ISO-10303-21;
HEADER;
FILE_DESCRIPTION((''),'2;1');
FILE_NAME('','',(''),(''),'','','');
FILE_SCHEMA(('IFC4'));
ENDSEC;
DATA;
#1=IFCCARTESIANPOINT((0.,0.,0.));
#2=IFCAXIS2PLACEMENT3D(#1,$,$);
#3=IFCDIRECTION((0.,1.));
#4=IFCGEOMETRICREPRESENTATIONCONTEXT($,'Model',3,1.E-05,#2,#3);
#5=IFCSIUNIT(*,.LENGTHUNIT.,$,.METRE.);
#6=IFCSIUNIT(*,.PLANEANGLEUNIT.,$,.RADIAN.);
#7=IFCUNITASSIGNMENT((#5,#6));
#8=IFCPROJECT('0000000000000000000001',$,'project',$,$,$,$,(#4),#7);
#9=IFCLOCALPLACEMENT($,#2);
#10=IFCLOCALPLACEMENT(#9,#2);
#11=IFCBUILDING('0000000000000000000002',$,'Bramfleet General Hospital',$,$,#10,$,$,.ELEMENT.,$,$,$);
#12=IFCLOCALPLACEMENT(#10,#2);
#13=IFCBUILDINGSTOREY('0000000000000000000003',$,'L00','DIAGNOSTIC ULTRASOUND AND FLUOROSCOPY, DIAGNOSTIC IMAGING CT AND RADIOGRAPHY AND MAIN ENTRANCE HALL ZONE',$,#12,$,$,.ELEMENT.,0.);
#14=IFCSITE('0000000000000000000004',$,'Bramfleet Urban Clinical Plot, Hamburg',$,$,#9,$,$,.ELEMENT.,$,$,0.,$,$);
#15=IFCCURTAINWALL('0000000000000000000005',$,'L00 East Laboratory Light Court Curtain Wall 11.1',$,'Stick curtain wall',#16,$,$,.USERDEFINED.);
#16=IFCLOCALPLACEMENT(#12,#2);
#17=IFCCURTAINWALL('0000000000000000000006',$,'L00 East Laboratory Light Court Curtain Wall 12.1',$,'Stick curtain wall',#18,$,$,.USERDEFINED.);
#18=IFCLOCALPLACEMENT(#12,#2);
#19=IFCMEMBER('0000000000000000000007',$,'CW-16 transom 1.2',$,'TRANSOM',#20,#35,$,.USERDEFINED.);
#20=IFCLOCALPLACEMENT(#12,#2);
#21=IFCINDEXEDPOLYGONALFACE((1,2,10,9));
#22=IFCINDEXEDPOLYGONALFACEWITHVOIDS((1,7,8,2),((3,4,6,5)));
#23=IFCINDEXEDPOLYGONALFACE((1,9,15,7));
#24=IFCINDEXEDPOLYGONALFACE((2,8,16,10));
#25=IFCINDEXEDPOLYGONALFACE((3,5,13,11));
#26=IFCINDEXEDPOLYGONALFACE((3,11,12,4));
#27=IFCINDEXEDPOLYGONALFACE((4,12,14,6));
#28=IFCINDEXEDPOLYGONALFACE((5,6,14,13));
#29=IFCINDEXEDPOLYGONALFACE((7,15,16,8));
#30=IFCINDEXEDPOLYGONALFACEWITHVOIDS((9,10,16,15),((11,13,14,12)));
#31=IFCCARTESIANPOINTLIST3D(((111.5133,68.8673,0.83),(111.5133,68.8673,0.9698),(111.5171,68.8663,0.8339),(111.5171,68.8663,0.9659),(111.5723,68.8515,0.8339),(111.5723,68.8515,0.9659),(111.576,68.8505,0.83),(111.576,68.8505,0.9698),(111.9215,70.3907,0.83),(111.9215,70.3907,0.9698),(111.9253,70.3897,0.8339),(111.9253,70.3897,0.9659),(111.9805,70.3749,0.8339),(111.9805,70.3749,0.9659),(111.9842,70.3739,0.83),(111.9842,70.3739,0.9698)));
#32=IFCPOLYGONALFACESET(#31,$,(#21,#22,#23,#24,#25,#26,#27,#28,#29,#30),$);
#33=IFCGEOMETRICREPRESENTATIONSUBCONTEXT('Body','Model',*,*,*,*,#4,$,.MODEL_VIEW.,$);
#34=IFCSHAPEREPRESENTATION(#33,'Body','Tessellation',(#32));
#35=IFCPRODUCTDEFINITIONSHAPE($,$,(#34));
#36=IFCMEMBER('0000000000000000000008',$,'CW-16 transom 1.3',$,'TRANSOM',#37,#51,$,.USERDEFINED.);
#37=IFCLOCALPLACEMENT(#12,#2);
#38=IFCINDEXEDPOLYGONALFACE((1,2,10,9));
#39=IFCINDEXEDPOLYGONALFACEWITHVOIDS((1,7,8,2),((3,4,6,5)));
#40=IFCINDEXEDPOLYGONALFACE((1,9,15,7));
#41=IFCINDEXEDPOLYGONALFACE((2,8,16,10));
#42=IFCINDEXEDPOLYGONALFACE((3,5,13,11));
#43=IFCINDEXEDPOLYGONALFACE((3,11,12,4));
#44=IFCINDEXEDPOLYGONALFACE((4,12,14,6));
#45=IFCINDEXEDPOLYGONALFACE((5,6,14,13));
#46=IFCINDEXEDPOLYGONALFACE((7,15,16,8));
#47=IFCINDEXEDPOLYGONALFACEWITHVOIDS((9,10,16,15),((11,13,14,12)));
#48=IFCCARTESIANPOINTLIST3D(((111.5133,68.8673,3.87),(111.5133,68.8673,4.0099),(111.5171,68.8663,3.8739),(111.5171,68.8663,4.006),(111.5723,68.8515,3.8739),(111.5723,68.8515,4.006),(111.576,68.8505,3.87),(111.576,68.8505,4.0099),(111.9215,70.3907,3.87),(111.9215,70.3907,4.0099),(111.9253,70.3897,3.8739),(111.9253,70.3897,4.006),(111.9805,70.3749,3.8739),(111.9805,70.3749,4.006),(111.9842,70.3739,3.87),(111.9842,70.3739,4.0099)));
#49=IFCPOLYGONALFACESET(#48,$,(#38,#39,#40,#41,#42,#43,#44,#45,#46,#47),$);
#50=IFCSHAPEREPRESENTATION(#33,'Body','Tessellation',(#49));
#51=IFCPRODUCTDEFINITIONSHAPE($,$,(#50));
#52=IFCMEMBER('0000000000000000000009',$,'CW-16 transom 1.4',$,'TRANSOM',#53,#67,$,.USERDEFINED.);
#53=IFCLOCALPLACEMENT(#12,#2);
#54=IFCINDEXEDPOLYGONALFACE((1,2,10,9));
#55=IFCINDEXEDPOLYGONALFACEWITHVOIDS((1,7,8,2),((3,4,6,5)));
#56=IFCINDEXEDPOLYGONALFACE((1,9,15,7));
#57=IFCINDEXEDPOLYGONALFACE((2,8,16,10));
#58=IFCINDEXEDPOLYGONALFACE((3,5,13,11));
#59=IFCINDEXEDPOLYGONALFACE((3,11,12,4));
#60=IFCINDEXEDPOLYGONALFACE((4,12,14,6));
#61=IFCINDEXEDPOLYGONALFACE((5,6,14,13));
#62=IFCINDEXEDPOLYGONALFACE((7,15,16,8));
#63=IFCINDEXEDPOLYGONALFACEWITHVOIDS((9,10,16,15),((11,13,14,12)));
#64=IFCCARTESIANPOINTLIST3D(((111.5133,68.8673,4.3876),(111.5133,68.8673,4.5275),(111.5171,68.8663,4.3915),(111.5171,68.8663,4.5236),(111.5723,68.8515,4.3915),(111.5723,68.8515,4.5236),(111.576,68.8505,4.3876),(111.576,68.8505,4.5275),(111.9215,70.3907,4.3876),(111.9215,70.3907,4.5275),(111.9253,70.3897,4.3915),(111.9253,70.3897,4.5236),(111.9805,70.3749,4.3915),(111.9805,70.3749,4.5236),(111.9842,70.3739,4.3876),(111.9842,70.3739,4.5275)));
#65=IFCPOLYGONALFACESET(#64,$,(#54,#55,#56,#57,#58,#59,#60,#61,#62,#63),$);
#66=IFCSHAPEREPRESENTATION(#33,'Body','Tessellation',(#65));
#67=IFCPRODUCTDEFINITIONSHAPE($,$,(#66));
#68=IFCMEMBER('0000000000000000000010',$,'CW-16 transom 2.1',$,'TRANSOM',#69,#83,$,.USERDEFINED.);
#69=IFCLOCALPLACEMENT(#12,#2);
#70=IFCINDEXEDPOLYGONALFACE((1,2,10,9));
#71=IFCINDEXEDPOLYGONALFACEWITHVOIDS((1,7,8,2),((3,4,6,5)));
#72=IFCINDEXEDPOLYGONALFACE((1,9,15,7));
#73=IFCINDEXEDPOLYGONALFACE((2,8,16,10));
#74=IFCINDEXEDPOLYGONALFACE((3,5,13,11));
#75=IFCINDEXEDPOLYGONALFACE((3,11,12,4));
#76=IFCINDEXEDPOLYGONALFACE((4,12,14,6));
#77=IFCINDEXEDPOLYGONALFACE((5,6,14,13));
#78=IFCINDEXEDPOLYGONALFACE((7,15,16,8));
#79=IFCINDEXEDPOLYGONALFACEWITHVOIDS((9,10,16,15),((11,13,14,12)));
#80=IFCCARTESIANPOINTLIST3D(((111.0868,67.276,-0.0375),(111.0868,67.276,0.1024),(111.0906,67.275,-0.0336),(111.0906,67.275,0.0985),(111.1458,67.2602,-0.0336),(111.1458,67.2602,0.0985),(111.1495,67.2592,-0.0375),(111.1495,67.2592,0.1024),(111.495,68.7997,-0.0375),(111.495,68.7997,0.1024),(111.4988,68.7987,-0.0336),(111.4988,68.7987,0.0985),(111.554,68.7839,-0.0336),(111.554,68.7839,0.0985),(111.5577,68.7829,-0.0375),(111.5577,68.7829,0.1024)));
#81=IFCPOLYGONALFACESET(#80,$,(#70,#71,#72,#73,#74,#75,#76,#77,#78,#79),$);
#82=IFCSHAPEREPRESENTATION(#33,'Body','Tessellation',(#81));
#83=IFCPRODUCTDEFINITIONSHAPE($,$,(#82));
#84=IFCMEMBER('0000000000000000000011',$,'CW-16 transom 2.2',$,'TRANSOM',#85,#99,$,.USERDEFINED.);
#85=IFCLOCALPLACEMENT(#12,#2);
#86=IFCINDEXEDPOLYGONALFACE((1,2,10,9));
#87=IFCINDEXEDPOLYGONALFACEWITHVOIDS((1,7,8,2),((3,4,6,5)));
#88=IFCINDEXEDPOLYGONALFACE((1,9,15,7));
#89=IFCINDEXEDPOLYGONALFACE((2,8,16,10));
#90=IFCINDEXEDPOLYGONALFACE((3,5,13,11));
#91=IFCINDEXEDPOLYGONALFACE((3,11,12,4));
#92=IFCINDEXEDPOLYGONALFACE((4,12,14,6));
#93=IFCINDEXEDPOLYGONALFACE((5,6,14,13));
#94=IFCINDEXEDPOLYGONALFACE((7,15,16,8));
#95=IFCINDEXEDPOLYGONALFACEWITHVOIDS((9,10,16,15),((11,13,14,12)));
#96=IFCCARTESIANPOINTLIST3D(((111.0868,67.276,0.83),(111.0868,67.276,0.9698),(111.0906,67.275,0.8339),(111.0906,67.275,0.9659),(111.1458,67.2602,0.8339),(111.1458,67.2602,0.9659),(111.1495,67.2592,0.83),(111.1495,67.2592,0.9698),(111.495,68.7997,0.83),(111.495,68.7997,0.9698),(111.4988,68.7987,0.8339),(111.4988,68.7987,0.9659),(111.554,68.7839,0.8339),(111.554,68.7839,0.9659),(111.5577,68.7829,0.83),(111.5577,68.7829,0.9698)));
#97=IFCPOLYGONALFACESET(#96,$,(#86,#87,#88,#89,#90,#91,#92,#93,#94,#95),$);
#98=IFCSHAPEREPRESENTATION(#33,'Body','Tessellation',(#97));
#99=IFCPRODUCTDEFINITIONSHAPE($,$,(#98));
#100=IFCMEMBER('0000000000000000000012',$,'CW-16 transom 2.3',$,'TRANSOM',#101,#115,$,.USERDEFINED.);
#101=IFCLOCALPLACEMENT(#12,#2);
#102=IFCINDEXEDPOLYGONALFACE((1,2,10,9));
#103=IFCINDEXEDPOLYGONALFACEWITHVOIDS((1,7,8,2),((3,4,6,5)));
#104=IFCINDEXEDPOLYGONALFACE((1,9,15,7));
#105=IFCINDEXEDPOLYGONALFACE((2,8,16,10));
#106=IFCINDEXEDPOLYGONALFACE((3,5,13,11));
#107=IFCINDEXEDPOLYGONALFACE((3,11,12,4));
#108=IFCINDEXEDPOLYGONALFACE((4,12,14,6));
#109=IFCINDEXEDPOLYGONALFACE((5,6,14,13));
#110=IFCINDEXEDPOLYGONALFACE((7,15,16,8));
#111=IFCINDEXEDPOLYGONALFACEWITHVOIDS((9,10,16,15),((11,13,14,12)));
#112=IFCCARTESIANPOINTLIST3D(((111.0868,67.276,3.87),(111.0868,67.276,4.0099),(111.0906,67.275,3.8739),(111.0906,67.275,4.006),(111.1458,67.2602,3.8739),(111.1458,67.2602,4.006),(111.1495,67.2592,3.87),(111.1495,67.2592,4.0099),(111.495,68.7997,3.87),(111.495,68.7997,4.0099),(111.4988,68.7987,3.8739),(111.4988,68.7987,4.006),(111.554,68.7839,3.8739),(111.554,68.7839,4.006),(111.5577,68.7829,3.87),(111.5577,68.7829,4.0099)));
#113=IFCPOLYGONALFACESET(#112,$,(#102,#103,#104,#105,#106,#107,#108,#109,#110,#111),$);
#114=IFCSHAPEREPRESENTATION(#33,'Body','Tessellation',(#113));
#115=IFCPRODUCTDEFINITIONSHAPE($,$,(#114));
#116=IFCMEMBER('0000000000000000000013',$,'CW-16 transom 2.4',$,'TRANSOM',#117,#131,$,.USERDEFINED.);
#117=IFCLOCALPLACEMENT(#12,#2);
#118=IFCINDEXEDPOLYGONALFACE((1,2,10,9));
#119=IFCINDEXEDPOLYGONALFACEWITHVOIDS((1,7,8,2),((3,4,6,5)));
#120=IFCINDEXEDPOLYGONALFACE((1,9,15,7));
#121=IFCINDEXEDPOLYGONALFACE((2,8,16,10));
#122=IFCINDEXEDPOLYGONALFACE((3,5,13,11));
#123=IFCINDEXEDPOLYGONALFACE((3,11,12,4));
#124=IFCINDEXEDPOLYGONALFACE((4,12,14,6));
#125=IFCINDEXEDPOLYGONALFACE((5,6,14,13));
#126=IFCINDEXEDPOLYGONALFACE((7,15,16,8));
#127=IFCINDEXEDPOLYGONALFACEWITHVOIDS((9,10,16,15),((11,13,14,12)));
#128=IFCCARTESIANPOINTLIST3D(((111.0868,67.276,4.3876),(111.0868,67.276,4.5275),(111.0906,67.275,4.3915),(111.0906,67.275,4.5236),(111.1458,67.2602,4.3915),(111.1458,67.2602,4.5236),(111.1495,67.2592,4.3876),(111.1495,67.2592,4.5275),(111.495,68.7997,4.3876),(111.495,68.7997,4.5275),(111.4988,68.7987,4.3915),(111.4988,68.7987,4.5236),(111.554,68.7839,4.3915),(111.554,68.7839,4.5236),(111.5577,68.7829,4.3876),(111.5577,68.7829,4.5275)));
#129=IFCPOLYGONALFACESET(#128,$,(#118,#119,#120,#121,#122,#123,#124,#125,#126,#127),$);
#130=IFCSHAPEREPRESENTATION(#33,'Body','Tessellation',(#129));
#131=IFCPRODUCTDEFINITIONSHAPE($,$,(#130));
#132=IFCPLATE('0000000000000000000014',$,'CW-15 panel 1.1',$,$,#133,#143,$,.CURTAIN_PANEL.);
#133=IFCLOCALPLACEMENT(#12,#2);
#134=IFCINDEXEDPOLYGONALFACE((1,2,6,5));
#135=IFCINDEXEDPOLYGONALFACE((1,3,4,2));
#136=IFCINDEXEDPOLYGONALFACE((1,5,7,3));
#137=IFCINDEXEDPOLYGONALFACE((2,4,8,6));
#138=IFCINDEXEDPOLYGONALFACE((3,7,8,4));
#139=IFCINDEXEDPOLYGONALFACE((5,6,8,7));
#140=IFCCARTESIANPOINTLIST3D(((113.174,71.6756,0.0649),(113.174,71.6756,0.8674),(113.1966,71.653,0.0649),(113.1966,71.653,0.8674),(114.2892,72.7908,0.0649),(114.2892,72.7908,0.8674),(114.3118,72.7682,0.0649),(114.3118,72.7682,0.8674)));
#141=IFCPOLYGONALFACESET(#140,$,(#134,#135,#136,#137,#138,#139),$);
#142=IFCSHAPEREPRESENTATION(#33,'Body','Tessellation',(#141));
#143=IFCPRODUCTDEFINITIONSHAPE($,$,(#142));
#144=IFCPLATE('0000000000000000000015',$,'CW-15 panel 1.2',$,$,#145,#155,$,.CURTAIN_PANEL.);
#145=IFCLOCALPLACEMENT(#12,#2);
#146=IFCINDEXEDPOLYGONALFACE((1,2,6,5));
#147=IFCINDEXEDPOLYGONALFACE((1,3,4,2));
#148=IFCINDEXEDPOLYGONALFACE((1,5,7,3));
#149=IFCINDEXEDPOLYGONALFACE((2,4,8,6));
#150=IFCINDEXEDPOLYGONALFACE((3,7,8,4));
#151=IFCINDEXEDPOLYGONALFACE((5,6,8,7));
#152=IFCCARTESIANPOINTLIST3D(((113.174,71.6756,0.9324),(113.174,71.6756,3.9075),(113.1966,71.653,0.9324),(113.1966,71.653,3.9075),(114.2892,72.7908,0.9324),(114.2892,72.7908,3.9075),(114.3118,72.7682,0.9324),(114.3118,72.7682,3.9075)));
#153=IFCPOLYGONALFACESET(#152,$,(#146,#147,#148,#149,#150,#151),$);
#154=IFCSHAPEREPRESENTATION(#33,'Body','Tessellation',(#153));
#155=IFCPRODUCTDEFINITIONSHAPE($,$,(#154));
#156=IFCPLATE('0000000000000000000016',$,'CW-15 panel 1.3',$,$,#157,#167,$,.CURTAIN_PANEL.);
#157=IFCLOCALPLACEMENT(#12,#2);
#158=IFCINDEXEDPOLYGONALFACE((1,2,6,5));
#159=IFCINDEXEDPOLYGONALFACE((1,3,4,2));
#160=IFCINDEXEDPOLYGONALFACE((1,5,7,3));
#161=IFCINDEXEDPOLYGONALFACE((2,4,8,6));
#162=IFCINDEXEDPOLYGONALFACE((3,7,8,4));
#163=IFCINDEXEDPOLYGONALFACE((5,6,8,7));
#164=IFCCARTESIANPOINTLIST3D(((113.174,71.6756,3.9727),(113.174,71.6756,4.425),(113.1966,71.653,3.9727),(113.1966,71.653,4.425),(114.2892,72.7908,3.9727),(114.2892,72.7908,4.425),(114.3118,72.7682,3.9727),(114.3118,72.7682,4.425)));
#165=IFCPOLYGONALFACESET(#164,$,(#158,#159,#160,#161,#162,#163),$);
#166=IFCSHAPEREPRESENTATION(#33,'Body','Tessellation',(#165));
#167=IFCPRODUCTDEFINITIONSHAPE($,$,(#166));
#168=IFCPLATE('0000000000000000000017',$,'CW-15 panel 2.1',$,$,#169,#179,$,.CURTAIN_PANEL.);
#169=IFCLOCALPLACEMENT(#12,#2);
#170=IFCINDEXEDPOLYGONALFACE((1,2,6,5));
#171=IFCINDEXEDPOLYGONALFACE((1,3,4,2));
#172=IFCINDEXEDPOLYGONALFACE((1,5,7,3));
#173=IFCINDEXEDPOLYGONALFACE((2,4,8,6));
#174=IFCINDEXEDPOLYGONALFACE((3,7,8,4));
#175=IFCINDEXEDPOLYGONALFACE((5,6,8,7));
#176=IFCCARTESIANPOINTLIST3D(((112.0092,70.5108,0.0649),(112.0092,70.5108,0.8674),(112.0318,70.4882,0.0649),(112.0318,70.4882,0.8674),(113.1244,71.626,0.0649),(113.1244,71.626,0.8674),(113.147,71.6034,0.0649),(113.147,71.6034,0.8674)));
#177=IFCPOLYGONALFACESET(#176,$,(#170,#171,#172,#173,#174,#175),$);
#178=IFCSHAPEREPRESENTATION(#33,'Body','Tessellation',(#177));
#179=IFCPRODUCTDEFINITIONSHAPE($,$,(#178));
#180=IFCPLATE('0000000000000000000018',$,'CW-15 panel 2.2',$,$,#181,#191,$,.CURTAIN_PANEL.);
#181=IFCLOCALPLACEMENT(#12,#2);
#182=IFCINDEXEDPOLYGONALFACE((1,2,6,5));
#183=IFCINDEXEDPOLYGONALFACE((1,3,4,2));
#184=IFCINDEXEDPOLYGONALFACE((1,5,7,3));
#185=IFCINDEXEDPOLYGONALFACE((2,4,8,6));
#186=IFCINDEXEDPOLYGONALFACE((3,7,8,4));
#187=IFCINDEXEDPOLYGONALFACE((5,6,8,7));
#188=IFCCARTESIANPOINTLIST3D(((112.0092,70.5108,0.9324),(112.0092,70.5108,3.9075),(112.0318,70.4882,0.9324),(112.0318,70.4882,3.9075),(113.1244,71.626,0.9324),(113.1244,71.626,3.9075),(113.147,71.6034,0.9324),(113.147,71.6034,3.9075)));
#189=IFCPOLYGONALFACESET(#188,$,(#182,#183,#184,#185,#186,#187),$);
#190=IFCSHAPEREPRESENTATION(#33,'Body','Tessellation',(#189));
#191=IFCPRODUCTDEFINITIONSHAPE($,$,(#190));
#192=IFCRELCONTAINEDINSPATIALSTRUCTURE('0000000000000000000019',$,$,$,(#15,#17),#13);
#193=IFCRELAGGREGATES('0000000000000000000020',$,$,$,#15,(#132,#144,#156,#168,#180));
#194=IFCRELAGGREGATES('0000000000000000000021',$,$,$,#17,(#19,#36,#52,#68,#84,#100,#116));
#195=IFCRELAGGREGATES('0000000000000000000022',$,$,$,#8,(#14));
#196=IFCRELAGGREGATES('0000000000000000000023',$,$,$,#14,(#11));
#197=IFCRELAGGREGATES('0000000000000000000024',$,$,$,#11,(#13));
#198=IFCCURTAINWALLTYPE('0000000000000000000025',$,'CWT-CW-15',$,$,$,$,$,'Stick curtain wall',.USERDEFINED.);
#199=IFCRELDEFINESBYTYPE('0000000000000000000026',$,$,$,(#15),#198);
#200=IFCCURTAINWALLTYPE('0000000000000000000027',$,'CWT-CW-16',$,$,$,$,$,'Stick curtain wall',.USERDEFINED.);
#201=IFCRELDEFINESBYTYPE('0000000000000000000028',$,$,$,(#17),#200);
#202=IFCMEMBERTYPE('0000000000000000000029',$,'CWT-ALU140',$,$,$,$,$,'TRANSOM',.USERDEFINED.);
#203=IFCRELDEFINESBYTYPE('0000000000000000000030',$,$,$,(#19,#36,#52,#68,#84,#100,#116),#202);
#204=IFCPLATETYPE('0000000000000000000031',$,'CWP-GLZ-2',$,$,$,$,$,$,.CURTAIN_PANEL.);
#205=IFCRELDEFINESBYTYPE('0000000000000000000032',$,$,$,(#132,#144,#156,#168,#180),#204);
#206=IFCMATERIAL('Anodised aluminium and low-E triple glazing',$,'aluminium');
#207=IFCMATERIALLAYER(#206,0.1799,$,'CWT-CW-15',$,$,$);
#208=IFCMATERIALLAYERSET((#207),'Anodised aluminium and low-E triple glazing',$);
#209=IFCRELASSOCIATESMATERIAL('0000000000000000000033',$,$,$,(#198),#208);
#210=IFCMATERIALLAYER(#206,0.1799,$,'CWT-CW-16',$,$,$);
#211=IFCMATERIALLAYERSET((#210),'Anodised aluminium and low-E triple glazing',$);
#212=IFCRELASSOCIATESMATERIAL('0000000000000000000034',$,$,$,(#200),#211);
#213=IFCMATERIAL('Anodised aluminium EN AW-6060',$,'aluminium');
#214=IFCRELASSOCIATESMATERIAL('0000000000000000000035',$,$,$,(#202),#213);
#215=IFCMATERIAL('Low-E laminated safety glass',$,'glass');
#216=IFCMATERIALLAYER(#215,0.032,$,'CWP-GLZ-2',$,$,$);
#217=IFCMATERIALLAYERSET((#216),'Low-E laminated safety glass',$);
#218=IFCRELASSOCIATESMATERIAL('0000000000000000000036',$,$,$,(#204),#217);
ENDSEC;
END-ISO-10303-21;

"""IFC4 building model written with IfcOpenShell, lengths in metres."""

from ifc_helpers import new_model, si_unit, direction, frame, origin, origin_2d, place, context, subcontext, project, spatial, rectangle, hollow_rectangle, extrude, material, layer, layer_set, material_profile, profile_set, type_object, element, aggregate, save


model = new_model("IFC4")

# Units and contexts
model_context = context("Model", 3, precision=1e-05, world=origin(), true_north=direction((0.0, 1.0)))
body_context = subcontext(model_context, "Body", "Model", "MODEL_VIEW")
ifc_project = project(units=[si_unit("LENGTHUNIT", "METRE"), si_unit("PLANEANGLEUNIT", "RADIAN")], contexts=[model_context])

# Site, building, storey
site_placement = place(None, origin())
site = spatial("IfcSite", under=ifc_project, at=site_placement, Name="Bramfleet Urban Clinical Plot, Hamburg", CompositionType="ELEMENT", RefElevation=0.0)
building_placement = place(site_placement, origin())
building = spatial("IfcBuilding", under=site, at=building_placement, Name="Bramfleet General Hospital", CompositionType="ELEMENT")
storey_placement = place(building_placement, origin())
storey = spatial("IfcBuildingStorey", under=building, at=storey_placement, Name="L00", Description="DIAGNOSTIC ULTRASOUND AND FLUOROSCOPY, DIAGNOSTIC IMAGING CT AND RADIOGRAPHY AND MAIN ENTRANCE HALL ZONE", CompositionType="ELEMENT", Elevation=0.0)

# Curtain walls
ifc_material_1 = material(Name="Anodised aluminium and low-E triple glazing", Category="aluminium")
ifc_layer_1 = layer(ifc_material_1, 0.1799, Name="CWT-CW-15")
ifc_layer_set_1 = layer_set([ifc_layer_1], Name="Anodised aluminium and low-E triple glazing")
curtain_wall_type_1 = type_object("IfcCurtainWallType", Name="CWT-CW-15", ElementType="Stick curtain wall", PredefinedType="USERDEFINED", material=ifc_layer_set_1)
curtain_wall_1_placement = place(storey_placement, origin())
curtain_wall_1 = element("IfcCurtainWall", 1, at=curtain_wall_1_placement, inside=storey, type_object=curtain_wall_type_1, Name="L00 East Laboratory Light Court Curtain Wall 11.1", ObjectType="Stick curtain wall", PredefinedType="USERDEFINED")
ifc_material_2 = material(Name="Anodised aluminium EN AW-6060", Category="aluminium")
ifc_layer_2 = layer(ifc_material_1, 0.1799, Name="CWT-CW-16")
ifc_layer_set_2 = layer_set([ifc_layer_2], Name="Anodised aluminium and low-E triple glazing")
curtain_wall_type_2 = type_object("IfcCurtainWallType", Name="CWT-CW-16", ElementType="Stick curtain wall", PredefinedType="USERDEFINED", material=ifc_layer_set_2)
curtain_wall_2_placement = place(storey_placement, origin())
curtain_wall_2 = element("IfcCurtainWall", 2, at=curtain_wall_2_placement, inside=storey, type_object=curtain_wall_type_2, Name="L00 East Laboratory Light Court Curtain Wall 12.1", ObjectType="Stick curtain wall", PredefinedType="USERDEFINED")

# Members
ifc_material_profile_1 = material_profile(ifc_material_2, hollow_rectangle(XDim=0.0649, YDim=0.1399, WallThickness=0.0039, at=origin_2d()), Name="ALU 140x65x4.0")
ifc_profile_set_1 = profile_set([ifc_material_profile_1], Name="Anodised aluminium EN AW-6060")
member_type_1 = type_object("IfcMemberType", Name="CWT-ALU140", ElementType="TRANSOM", PredefinedType="USERDEFINED", material=ifc_profile_set_1)
member_1_placement = place(storey_placement, frame((111.9529, 70.3823, 0.8999), z_axis=(-0.258819, -0.965926, 0.0), x_axis=(0.965926, -0.258819, 0.0)))
member_1 = element("IfcMember", 3, at=member_1_placement, type_object=member_type_1, Name="CW-16 transom 1.2", ObjectType="TRANSOM", PredefinedType="USERDEFINED", context=body_context, shape_type="SweptSolid", body=[
    extrude(hollow_rectangle(XDim=0.0649, YDim=0.1399, WallThickness=0.0039, at=origin_2d()), origin(), (0.0, 0.0, 1.0), 1.5771),
])
member_2_placement = place(storey_placement, frame((111.9529, 70.3823, 3.9399), z_axis=(-0.258819, -0.965926, 0.0), x_axis=(0.965926, -0.258819, 0.0)))
member_2 = element("IfcMember", 4, at=member_2_placement, type_object=member_type_1, Name="CW-16 transom 1.3", ObjectType="TRANSOM", PredefinedType="USERDEFINED", context=body_context, shape_type="SweptSolid", body=[
    extrude(hollow_rectangle(XDim=0.0649, YDim=0.1399, WallThickness=0.0039, at=origin_2d()), origin(), (0.0, 0.0, 1.0), 1.5771),
])
member_3_placement = place(storey_placement, frame((111.9529, 70.3823, 4.4575), z_axis=(-0.258819, -0.965926, 0.0), x_axis=(0.965926, -0.258819, 0.0)))
member_3 = element("IfcMember", 5, at=member_3_placement, type_object=member_type_1, Name="CW-16 transom 1.4", ObjectType="TRANSOM", PredefinedType="USERDEFINED", context=body_context, shape_type="SweptSolid", body=[
    extrude(hollow_rectangle(XDim=0.0649, YDim=0.1399, WallThickness=0.0039, at=origin_2d()), origin(), (0.0, 0.0, 1.0), 1.5771),
])
member_4_placement = place(storey_placement, frame((111.5264, 68.7913, 0.0325), z_axis=(-0.25878, -0.965936, 0.0), x_axis=(0.965936, -0.25878, 0.0)))
member_4 = element("IfcMember", 6, at=member_4_placement, type_object=member_type_1, Name="CW-16 transom 2.1", ObjectType="TRANSOM", PredefinedType="USERDEFINED", context=body_context, shape_type="SweptSolid", body=[
    extrude(hollow_rectangle(XDim=0.0649, YDim=0.1399, WallThickness=0.0039, at=origin_2d()), origin(), (0.0, 0.0, 1.0), 1.5774),
])
member_5_placement = place(storey_placement, frame((111.5264, 68.7913, 0.8999), z_axis=(-0.25878, -0.965936, 0.0), x_axis=(0.965936, -0.25878, 0.0)))
member_5 = element("IfcMember", 7, at=member_5_placement, type_object=member_type_1, Name="CW-16 transom 2.2", ObjectType="TRANSOM", PredefinedType="USERDEFINED", context=body_context, shape_type="SweptSolid", body=[
    extrude(hollow_rectangle(XDim=0.0649, YDim=0.1399, WallThickness=0.0039, at=origin_2d()), origin(), (0.0, 0.0, 1.0), 1.5774),
])
member_6_placement = place(storey_placement, frame((111.5264, 68.7913, 3.9399), z_axis=(-0.25878, -0.965936, 0.0), x_axis=(0.965936, -0.25878, 0.0)))
member_6 = element("IfcMember", 8, at=member_6_placement, type_object=member_type_1, Name="CW-16 transom 2.3", ObjectType="TRANSOM", PredefinedType="USERDEFINED", context=body_context, shape_type="SweptSolid", body=[
    extrude(hollow_rectangle(XDim=0.0649, YDim=0.1399, WallThickness=0.0039, at=origin_2d()), origin(), (0.0, 0.0, 1.0), 1.5774),
])
member_7_placement = place(storey_placement, frame((111.5264, 68.7913, 4.4575), z_axis=(-0.25878, -0.965936, 0.0), x_axis=(0.965936, -0.25878, 0.0)))
member_7 = element("IfcMember", 9, at=member_7_placement, type_object=member_type_1, Name="CW-16 transom 2.4", ObjectType="TRANSOM", PredefinedType="USERDEFINED", context=body_context, shape_type="SweptSolid", body=[
    extrude(hollow_rectangle(XDim=0.0649, YDim=0.1399, WallThickness=0.0039, at=origin_2d()), origin(), (0.0, 0.0, 1.0), 1.5774),
])

# Plates
ifc_material_3 = material(Name="Low-E laminated safety glass", Category="glass")
ifc_layer_3 = layer(ifc_material_3, 0.032, Name="CWP-GLZ-2")
ifc_layer_set_3 = layer_set([ifc_layer_3], Name="Low-E laminated safety glass")
plate_type = type_object("IfcPlateType", Name="CWP-GLZ-2", PredefinedType="CURTAIN_PANEL", material=ifc_layer_set_3)
plate_1_placement = place(storey_placement, frame((113.7429, 72.2219, 0.0649), z_axis=(0.0, 0.0, 1.0), x_axis=(-0.707107, -0.707107, 0.0)))
plate_1 = element("IfcPlate", 10, at=plate_1_placement, type_object=plate_type, Name="CW-15 panel 1.1", PredefinedType="CURTAIN_PANEL", context=body_context, shape_type="SweptSolid", body=[
    extrude(rectangle(XDim=1.5771, YDim=0.032, at=origin_2d()), origin(), (0.0, 0.0, 1.0), 0.8025),
])
plate_2_placement = place(storey_placement, frame((113.7429, 72.2219, 0.9324), z_axis=(0.0, 0.0, 1.0), x_axis=(-0.707107, -0.707107, 0.0)))
plate_2 = element("IfcPlate", 11, at=plate_2_placement, type_object=plate_type, Name="CW-15 panel 1.2", PredefinedType="CURTAIN_PANEL", context=body_context, shape_type="SweptSolid", body=[
    extrude(rectangle(XDim=1.5771, YDim=0.032, at=origin_2d()), origin(), (0.0, 0.0, 1.0), 2.9751),
])
plate_3_placement = place(storey_placement, frame((113.7429, 72.2219, 3.9727), z_axis=(0.0, 0.0, 1.0), x_axis=(-0.707107, -0.707107, 0.0)))
plate_3 = element("IfcPlate", 12, at=plate_3_placement, type_object=plate_type, Name="CW-15 panel 1.3", PredefinedType="CURTAIN_PANEL", context=body_context, shape_type="SweptSolid", body=[
    extrude(rectangle(XDim=1.5771, YDim=0.032, at=origin_2d()), origin(), (0.0, 0.0, 1.0), 0.4524),
])
plate_4_placement = place(storey_placement, frame((112.5781, 71.0571, 0.0649), z_axis=(0.0, 0.0, 1.0), x_axis=(-0.707107, -0.707107, 0.0)))
plate_4 = element("IfcPlate", 13, at=plate_4_placement, type_object=plate_type, Name="CW-15 panel 2.1", PredefinedType="CURTAIN_PANEL", context=body_context, shape_type="SweptSolid", body=[
    extrude(rectangle(XDim=1.5771, YDim=0.032, at=origin_2d()), origin(), (0.0, 0.0, 1.0), 0.8025),
])
plate_5_placement = place(storey_placement, frame((112.5781, 71.0571, 0.9324), z_axis=(0.0, 0.0, 1.0), x_axis=(-0.707107, -0.707107, 0.0)))
plate_5 = element("IfcPlate", 14, at=plate_5_placement, type_object=plate_type, Name="CW-15 panel 2.2", PredefinedType="CURTAIN_PANEL", context=body_context, shape_type="SweptSolid", body=[
    extrude(rectangle(XDim=1.5771, YDim=0.032, at=origin_2d()), origin(), (0.0, 0.0, 1.0), 2.9751),
])
aggregate(curtain_wall_1, [plate_1, plate_2, plate_3, plate_4, plate_5])
aggregate(curtain_wall_2, [member_1, member_2, member_3, member_4, member_5, member_6, member_7])

save(model, "model.ifc")
